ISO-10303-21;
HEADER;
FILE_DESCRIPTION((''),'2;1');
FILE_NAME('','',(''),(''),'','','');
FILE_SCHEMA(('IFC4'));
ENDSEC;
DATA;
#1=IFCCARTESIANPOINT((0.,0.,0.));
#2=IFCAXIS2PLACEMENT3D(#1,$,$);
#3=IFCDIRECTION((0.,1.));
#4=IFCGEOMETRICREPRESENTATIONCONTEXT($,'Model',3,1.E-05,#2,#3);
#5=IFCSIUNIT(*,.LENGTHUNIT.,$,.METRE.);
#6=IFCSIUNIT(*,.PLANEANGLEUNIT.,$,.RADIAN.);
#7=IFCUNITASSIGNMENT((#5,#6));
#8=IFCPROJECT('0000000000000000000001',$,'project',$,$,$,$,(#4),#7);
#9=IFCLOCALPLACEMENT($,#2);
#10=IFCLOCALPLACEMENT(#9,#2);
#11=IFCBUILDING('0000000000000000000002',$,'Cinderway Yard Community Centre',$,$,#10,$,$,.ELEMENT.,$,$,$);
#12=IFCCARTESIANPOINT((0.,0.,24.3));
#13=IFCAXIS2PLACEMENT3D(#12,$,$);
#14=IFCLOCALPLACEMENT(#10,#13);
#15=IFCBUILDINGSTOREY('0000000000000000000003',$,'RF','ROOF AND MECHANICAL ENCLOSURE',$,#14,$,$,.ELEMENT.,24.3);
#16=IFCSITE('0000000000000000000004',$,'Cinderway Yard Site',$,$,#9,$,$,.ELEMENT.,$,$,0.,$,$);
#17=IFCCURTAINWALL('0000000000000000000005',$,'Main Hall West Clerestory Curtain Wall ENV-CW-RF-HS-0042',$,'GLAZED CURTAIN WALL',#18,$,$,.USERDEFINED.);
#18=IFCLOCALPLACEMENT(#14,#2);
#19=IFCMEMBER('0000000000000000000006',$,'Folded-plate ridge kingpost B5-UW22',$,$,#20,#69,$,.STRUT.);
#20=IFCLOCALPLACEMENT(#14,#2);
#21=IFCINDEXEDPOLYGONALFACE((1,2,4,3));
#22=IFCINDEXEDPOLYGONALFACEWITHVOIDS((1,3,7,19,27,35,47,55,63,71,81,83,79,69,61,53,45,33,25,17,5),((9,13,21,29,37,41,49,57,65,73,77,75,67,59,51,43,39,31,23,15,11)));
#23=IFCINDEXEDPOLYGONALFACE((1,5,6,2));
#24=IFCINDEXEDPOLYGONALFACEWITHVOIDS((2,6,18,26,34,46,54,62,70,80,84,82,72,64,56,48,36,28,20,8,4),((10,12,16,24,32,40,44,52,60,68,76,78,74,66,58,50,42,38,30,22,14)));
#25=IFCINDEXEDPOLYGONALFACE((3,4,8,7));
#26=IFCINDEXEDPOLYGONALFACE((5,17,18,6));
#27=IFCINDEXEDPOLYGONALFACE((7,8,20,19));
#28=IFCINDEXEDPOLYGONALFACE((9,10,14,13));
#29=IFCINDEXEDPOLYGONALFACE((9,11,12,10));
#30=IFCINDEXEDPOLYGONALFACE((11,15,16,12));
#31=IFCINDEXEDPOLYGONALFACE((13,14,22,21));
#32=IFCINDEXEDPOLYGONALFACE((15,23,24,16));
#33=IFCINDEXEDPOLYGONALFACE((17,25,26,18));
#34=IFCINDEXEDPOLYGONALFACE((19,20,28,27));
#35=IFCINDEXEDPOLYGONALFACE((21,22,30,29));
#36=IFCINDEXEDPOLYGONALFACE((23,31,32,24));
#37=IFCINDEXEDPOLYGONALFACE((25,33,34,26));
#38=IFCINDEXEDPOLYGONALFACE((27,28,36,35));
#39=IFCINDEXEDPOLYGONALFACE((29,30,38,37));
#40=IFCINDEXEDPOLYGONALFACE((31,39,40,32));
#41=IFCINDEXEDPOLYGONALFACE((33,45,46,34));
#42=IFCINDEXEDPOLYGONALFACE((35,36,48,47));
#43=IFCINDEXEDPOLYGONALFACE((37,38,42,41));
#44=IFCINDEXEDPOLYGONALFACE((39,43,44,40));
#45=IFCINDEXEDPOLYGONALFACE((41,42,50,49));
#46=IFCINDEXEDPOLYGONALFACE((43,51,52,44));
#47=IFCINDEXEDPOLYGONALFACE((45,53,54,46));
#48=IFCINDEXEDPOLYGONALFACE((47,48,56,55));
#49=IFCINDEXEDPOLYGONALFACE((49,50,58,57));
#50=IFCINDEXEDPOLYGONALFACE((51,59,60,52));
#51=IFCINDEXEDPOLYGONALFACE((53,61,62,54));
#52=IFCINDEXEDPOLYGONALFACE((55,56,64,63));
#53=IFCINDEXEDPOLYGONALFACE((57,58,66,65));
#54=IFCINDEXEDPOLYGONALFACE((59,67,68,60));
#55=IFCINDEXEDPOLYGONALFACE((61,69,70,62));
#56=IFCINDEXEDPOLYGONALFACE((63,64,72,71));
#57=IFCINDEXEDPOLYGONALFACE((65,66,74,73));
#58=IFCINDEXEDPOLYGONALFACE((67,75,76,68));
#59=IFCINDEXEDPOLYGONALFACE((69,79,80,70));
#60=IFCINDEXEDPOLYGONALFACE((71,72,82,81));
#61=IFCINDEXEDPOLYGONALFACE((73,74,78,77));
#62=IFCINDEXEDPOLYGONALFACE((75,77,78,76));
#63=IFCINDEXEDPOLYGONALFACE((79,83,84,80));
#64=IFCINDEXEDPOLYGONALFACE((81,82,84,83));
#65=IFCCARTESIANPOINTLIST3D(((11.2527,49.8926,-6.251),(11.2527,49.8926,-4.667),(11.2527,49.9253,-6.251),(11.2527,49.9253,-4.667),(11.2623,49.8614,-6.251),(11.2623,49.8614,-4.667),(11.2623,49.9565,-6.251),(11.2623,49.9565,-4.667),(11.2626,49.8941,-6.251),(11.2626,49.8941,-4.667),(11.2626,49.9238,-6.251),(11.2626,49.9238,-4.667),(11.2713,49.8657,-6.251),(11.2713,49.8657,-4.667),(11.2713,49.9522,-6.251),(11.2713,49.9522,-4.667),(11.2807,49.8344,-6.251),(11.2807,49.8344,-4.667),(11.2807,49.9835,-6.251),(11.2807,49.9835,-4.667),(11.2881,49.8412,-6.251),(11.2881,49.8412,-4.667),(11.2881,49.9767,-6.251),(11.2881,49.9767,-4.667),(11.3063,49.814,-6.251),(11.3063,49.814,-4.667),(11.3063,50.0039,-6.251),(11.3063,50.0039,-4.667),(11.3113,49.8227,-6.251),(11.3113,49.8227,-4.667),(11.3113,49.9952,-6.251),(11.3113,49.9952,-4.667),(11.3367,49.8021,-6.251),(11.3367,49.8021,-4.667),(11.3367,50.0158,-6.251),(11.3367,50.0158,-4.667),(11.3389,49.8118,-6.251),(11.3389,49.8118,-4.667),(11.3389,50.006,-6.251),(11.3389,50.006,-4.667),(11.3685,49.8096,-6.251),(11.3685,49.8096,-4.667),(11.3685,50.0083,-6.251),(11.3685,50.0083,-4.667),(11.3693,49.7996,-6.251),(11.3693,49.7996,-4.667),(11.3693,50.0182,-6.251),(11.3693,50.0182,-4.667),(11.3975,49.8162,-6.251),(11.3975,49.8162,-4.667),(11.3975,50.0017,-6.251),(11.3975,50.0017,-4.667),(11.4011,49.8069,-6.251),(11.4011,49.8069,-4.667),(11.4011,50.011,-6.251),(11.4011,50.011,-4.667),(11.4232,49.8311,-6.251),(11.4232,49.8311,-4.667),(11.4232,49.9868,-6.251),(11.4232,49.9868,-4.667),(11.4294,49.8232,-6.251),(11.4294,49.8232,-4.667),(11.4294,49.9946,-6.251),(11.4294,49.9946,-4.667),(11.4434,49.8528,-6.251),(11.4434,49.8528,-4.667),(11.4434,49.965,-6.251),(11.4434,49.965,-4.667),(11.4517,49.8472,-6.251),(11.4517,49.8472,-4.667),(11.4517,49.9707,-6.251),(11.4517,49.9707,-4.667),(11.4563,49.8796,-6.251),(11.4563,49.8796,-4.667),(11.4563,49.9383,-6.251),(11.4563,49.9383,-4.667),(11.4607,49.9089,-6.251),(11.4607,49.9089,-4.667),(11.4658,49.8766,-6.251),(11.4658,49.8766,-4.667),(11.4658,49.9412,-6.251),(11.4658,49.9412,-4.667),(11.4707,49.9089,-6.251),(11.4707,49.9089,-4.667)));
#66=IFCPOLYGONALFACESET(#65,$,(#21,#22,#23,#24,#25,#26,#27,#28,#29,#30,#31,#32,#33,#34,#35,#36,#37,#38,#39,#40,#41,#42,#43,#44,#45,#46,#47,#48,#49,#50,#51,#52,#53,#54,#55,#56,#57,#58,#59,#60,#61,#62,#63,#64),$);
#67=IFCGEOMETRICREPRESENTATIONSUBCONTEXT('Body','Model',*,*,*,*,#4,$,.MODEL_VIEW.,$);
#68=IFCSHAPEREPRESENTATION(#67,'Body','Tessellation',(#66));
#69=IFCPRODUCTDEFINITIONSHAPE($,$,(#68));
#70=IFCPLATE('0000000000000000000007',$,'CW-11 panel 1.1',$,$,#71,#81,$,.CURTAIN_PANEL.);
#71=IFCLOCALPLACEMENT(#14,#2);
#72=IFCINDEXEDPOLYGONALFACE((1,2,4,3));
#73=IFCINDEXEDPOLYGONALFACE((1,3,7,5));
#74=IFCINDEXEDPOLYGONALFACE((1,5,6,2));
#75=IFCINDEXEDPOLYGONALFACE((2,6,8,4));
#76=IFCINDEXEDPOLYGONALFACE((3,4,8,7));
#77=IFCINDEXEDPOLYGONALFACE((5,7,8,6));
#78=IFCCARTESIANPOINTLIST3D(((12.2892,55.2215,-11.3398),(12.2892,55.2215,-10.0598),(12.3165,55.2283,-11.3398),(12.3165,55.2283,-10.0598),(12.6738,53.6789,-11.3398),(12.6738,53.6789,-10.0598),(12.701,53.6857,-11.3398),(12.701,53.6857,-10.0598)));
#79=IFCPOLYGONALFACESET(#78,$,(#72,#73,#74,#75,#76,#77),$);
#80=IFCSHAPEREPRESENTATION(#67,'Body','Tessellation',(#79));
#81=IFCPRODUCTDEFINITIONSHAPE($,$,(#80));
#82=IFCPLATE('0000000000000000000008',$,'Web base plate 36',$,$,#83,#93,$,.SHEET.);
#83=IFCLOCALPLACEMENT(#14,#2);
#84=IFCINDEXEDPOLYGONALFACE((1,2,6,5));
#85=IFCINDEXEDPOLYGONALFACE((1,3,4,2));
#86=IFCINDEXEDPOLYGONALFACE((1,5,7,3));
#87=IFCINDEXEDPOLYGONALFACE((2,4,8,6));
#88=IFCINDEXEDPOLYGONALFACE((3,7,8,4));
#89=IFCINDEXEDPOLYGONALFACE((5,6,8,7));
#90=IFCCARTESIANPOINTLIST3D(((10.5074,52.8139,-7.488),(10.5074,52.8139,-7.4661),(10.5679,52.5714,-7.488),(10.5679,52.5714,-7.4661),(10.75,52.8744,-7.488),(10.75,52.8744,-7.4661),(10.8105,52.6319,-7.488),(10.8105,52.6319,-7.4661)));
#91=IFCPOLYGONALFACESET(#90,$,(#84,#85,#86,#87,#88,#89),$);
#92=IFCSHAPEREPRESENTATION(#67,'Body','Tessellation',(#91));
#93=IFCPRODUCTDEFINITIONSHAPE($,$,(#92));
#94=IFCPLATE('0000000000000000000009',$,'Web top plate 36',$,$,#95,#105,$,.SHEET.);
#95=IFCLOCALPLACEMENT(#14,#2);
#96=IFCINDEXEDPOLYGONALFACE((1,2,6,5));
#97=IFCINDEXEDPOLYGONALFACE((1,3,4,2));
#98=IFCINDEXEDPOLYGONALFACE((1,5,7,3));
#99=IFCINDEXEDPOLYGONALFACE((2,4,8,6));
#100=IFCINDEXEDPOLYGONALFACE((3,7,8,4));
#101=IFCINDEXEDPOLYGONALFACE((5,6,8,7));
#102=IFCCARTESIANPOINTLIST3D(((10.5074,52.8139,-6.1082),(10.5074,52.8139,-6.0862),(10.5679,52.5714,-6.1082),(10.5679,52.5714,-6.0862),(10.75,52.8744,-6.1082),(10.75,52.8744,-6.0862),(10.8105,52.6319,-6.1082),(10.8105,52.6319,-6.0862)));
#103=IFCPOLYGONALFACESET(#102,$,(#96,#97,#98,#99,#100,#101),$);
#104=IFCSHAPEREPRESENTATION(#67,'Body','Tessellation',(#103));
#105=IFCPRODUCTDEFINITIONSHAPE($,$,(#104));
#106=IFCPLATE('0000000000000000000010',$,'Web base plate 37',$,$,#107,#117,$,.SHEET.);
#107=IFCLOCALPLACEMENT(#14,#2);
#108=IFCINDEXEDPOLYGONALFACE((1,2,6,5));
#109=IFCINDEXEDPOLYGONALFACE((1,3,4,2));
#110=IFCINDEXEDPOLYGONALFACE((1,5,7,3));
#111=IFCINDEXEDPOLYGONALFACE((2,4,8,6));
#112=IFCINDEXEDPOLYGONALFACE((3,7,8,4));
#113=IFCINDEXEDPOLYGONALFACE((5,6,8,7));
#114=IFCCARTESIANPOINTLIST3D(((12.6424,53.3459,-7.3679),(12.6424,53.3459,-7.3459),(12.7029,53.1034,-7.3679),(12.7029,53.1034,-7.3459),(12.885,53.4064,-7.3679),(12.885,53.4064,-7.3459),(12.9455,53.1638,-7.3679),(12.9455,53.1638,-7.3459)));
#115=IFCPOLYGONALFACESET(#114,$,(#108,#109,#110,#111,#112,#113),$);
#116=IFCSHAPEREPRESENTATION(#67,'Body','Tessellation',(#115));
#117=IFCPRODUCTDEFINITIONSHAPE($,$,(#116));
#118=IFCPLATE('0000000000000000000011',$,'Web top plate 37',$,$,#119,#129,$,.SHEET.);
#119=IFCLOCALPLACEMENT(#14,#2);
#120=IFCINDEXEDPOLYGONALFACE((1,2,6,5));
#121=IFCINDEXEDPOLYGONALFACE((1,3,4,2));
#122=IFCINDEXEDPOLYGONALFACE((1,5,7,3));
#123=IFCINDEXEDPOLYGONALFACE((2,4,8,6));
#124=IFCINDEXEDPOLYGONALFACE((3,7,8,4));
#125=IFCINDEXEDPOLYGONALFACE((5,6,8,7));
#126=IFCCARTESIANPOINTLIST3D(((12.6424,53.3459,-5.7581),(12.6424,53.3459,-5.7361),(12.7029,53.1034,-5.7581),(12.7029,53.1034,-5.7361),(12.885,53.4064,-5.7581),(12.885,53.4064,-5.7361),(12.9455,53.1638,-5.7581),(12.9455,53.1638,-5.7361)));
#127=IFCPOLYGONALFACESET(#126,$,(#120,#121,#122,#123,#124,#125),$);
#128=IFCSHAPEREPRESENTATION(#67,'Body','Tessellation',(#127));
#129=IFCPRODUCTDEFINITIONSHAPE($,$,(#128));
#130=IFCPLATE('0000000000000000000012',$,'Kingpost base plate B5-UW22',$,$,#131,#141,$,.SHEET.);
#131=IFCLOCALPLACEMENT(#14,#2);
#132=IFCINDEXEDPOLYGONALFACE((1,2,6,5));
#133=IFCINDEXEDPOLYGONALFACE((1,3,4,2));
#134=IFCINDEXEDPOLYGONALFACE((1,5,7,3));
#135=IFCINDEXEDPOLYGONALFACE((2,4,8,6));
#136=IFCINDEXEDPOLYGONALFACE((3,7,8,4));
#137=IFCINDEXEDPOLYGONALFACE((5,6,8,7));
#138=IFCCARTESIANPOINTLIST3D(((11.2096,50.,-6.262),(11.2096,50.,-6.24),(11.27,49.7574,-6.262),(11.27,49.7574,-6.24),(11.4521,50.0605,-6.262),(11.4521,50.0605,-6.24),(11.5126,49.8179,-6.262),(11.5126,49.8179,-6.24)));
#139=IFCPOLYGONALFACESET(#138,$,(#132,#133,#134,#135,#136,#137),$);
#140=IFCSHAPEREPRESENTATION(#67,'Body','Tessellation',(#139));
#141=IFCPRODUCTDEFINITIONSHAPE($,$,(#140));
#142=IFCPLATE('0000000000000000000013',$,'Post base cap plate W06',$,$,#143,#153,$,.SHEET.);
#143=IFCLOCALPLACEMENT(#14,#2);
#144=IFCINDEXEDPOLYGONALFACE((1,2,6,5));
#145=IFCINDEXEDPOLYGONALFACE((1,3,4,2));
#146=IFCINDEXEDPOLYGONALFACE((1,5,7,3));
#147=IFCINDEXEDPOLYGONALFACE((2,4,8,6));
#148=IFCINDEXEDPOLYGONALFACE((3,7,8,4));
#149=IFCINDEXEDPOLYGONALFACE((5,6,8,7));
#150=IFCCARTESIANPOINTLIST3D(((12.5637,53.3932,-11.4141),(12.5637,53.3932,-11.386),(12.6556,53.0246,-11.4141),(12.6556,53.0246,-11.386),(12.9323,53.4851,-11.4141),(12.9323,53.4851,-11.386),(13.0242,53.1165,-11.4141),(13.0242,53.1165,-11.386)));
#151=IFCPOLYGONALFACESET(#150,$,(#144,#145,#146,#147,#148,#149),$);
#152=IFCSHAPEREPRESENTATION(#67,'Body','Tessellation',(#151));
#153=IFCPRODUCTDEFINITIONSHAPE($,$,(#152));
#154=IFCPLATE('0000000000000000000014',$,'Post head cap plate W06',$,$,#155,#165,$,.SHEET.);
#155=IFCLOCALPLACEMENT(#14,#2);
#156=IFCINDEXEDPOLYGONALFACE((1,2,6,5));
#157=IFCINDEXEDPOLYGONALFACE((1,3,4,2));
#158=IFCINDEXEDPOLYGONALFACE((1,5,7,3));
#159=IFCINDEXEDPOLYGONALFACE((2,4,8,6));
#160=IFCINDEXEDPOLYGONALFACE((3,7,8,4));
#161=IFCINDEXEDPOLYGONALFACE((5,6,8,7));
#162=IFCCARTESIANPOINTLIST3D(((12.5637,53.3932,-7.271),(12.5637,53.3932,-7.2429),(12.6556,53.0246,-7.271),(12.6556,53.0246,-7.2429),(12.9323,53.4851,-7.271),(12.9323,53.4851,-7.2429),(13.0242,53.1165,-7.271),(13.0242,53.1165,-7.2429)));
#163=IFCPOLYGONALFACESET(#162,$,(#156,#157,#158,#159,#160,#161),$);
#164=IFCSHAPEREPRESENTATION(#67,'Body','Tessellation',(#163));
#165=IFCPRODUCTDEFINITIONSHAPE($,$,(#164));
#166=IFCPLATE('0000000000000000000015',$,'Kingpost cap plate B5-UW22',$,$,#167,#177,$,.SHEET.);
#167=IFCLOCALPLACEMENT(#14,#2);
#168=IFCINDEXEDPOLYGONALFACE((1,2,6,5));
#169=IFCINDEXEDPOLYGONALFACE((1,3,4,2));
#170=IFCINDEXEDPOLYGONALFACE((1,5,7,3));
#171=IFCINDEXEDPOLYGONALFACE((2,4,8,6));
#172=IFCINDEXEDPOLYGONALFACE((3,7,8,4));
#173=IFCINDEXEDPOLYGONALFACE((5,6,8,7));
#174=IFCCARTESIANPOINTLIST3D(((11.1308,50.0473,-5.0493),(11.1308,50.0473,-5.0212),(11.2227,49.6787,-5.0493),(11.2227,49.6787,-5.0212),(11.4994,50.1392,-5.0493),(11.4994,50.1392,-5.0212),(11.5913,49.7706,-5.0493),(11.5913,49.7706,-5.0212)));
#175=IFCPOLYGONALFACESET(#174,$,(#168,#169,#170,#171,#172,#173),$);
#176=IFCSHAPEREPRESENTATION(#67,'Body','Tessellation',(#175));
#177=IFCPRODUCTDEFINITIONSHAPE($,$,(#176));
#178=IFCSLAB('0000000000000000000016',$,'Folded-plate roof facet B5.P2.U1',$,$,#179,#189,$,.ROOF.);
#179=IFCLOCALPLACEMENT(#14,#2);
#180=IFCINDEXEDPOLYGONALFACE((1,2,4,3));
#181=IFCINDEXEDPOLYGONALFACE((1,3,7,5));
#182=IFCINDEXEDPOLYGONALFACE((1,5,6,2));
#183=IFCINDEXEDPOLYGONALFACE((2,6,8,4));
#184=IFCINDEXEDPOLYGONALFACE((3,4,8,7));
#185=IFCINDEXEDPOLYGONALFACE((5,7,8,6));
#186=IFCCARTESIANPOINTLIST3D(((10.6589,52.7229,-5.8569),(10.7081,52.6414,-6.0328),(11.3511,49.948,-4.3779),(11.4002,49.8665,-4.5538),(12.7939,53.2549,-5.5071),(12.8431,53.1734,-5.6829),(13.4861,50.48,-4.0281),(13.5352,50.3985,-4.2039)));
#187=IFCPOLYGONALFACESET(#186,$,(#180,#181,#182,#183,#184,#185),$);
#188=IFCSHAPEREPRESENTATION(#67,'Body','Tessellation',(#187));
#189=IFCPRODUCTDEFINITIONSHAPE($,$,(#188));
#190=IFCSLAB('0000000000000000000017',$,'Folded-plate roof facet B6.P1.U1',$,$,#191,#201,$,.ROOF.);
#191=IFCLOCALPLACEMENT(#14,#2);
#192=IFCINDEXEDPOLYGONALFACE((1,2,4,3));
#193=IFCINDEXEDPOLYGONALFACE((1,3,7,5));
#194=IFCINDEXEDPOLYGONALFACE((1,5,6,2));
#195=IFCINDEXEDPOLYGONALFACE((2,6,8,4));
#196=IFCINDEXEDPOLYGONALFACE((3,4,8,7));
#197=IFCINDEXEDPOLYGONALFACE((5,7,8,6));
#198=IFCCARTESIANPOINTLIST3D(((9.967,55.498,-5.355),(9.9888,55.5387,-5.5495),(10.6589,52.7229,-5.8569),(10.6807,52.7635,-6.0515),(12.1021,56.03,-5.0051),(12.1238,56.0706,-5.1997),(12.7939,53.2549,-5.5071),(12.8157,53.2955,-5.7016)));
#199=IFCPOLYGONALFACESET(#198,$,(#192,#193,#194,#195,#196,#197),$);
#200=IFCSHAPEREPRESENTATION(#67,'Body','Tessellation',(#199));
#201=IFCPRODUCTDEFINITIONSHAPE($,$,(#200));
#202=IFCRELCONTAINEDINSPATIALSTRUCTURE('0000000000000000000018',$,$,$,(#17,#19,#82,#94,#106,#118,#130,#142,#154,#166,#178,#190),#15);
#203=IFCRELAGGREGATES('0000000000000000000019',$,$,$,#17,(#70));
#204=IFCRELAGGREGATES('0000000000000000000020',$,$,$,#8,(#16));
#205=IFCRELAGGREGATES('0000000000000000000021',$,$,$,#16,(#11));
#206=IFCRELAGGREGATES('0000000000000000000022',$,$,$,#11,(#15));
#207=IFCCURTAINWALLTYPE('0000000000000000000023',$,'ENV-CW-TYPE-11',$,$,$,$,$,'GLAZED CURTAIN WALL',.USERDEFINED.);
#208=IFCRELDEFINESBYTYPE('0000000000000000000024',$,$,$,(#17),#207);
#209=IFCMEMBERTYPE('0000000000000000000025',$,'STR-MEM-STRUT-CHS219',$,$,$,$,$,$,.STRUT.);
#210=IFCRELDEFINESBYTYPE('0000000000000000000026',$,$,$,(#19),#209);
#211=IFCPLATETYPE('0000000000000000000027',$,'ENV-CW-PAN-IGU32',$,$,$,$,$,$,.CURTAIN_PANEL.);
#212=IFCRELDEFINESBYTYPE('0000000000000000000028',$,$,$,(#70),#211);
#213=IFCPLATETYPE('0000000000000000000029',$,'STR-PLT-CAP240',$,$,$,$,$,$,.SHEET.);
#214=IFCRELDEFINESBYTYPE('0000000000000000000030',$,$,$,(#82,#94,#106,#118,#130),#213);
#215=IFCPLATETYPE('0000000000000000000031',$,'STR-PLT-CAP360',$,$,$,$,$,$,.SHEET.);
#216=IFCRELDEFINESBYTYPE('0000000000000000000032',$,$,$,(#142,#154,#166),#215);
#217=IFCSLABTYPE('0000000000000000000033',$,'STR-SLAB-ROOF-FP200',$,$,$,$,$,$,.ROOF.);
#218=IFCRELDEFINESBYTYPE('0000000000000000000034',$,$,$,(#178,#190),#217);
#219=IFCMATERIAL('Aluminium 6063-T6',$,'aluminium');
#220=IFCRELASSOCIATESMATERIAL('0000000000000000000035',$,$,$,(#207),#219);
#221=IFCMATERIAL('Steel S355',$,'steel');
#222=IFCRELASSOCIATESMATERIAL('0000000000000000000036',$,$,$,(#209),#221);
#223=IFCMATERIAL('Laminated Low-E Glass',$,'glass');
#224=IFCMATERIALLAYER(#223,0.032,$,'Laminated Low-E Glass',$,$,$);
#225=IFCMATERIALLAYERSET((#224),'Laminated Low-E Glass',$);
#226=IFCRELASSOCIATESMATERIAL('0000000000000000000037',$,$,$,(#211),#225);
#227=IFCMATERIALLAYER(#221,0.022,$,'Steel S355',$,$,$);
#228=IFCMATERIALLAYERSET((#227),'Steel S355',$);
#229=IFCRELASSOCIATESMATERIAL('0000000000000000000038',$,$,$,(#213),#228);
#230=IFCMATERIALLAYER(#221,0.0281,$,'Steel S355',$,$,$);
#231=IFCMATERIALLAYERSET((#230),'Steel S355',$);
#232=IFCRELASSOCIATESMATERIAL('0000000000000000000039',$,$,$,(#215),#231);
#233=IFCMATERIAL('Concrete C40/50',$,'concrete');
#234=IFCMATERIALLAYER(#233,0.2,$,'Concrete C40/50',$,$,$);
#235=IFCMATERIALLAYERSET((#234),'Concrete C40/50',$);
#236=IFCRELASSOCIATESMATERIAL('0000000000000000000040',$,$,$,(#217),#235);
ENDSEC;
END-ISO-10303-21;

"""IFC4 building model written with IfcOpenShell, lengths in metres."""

from ifc_helpers import new_model, si_unit, direction, frame, origin, origin_2d, place, context, subcontext, project, spatial, polyline, rectangle, hollow_circle, outline, extrude, material, layer, layer_set, material_profile, profile_set, type_object, element, aggregate, save


model = new_model("IFC4")

# Units and contexts
model_context = context("Model", 3, precision=1e-05, world=origin(), true_north=direction((0.0, 1.0)))
body_context = subcontext(model_context, "Body", "Model", "MODEL_VIEW")
ifc_project = project(units=[si_unit("LENGTHUNIT", "METRE"), si_unit("PLANEANGLEUNIT", "RADIAN")], contexts=[model_context])

# Site, building, storey
site_placement = place(None, origin())
site = spatial("IfcSite", under=ifc_project, at=site_placement, Name="Cinderway Yard Site", CompositionType="ELEMENT", RefElevation=0.0)
building_placement = place(site_placement, origin())
building = spatial("IfcBuilding", under=site, at=building_placement, Name="Cinderway Yard Community Centre", CompositionType="ELEMENT")
storey_placement = place(building_placement, frame((0.0, 0.0, 24.3)))
storey = spatial("IfcBuildingStorey", under=building, at=storey_placement, Name="RF", Description="ROOF AND MECHANICAL ENCLOSURE", CompositionType="ELEMENT", Elevation=24.3)

# Shared definitions
ifc_material_1 = material(Name="Steel S355", Category="steel")

# Curtain wall
ifc_material_2 = material(Name="Aluminium 6063-T6", Category="aluminium")
curtain_wall_type = type_object("IfcCurtainWallType", Name="ENV-CW-TYPE-11", ElementType="GLAZED CURTAIN WALL", PredefinedType="USERDEFINED", material=ifc_material_2)
curtain_wall_placement = place(storey_placement, origin())
curtain_wall = element("IfcCurtainWall", 1, at=curtain_wall_placement, inside=storey, type_object=curtain_wall_type, Name="Main Hall West Clerestory Curtain Wall ENV-CW-RF-HS-0042", ObjectType="GLAZED CURTAIN WALL", PredefinedType="USERDEFINED")

# Shared definitions
ifc_material_3 = material(Name="Concrete C40/50", Category="concrete")

# Member
ifc_material_profile_1 = material_profile(ifc_material_1, hollow_circle(Radius=0.1096, WallThickness=0.01, at=origin_2d()), Name="Steel S355")
ifc_profile_set_1 = profile_set([ifc_material_profile_1], Name="Steel S355")
member_type_1 = type_object("IfcMemberType", Name="STR-MEM-STRUT-CHS219", PredefinedType="STRUT", material=ifc_profile_set_1)
member_1_placement = place(storey_placement, frame((11.3611, 49.9089, -6.251), z_axis=(0.0, 0.0, 1.0), x_axis=(1.0, 0.0, 0.0)))
element("IfcMember", 2, at=member_1_placement, inside=storey, type_object=member_type_1, Name="Folded-plate ridge kingpost B5-UW22", PredefinedType="STRUT", context=body_context, shape_type="SweptSolid", body=[
    extrude(hollow_circle(Radius=0.1096, WallThickness=0.01, at=origin_2d()), origin(), (0.0, 0.0, 1.0), 1.584),
])

# Plate
ifc_material_4 = material(Name="Laminated Low-E Glass", Category="glass")
ifc_layer_1 = layer(ifc_material_4, 0.032, Name="Laminated Low-E Glass")
ifc_layer_set_1 = layer_set([ifc_layer_1], Name="Laminated Low-E Glass")
plate_type_1 = type_object("IfcPlateType", Name="ENV-CW-PAN-IGU32", PredefinedType="CURTAIN_PANEL", material=ifc_layer_set_1)
plate_placement = place(storey_placement, frame((12.4951, 54.4536, -11.3398), z_axis=(0.0, 0.0, 1.0), x_axis=(-0.241882, 0.970306, 0.0)))
plate = element("IfcPlate", 3, at=plate_placement, type_object=plate_type_1, Name="CW-11 panel 1.1", PredefinedType="CURTAIN_PANEL", context=body_context, shape_type="SweptSolid", body=[
    extrude(rectangle(XDim=1.5898, YDim=0.0281, at=origin_2d()), origin(), (0.0, 0.0, 1.0), 1.28),
])
aggregate(curtain_wall, [plate])

# Plates
ifc_layer_2 = layer(ifc_material_1, 0.022, Name="Steel S355")
ifc_layer_set_2 = layer_set([ifc_layer_2], Name="Steel S355")
plate_type_2 = type_object("IfcPlateType", Name="STR-PLT-CAP240", PredefinedType="SHEET", material=ifc_layer_set_2)
for number, where, z_axis, x_axis, name in (
    (4, (10.6589, 52.7229, -7.488), (0.0, 0.0, 1.0), (0.970296, 0.241922, 0.0), "Web base plate 36"),
    (5, (10.6589, 52.7229, -6.1082), (0.0, 0.0, 1.0), (0.970296, 0.241922, 0.0), "Web top plate 36"),
    (6, (12.7939, 53.2549, -7.3679), (0.0, 0.0, 1.0), (0.970296, 0.241922, 0.0), "Web base plate 37"),
    (7, (12.7939, 53.2549, -5.7581), (0.0, 0.0, 1.0), (0.970296, 0.241922, 0.0), "Web top plate 37"),
    (8, (11.3611, 49.9089, -6.262), (0.0, 0.0, 1.0), (0.970296, 0.241922, 0.0), "Kingpost base plate B5-UW22"),
):
    element("IfcPlate", number, at=place(storey_placement, frame(where, z_axis=z_axis, x_axis=x_axis)), inside=storey, type_object=plate_type_2, Name=name, PredefinedType="SHEET", context=body_context, shape_type="SweptSolid", body=[
        extrude(rectangle(XDim=0.25, YDim=0.25, at=origin_2d()), origin(), (0.0, 0.0, 1.0), 0.022),
    ])
ifc_layer_3 = layer(ifc_material_1, 0.0281, Name="Steel S355")
ifc_layer_set_3 = layer_set([ifc_layer_3], Name="Steel S355")
plate_type_3 = type_object("IfcPlateType", Name="STR-PLT-CAP360", PredefinedType="SHEET", material=ifc_layer_set_3)
for number, where, z_axis, x_axis, name in (
    (9, (12.7939, 53.2549, -11.4141), (0.0, 0.0, 1.0), (0.970296, 0.241922, 0.0), "Post base cap plate W06"),
    (10, (12.7939, 53.2549, -7.271), (0.0, 0.0, 1.0), (0.970296, 0.241922, 0.0), "Post head cap plate W06"),
    (11, (11.3611, 49.9089, -5.0493), (0.0, 0.0, 1.0), (0.970296, 0.241922, 0.0), "Kingpost cap plate B5-UW22"),
):
    element("IfcPlate", number, at=place(storey_placement, frame(where, z_axis=z_axis, x_axis=x_axis)), inside=storey, type_object=plate_type_3, Name=name, PredefinedType="SHEET", context=body_context, shape_type="SweptSolid", body=[
        extrude(rectangle(XDim=0.3799, YDim=0.3799, at=origin_2d()), origin(), (0.0, 0.0, 1.0), 0.0281),
    ])

# Slabs
ifc_layer_4 = layer(ifc_material_3, 0.2, Name="Concrete C40/50")
ifc_layer_set_4 = layer_set([ifc_layer_4], Name="Concrete C40/50")
slab_type = type_object("IfcSlabType", Name="STR-SLAB-ROOF-FP200", PredefinedType="ROOF", material=ifc_layer_set_4)
slab_1_placement = place(storey_placement, frame((11.3511, 49.948, -4.3779), z_axis=(-0.245665, 0.407511, 0.879536), x_axis=(0.958293, 0.238779, 0.157031)))
element("IfcSlab", 12, at=slab_1_placement, inside=storey, type_object=slab_type, Name="Folded-plate roof facet B5.P2.U1", PredefinedType="ROOF", context=body_context, shape_type="SweptSolid", body=[
    extrude(outline(polyline([(0.0, 0.0), (2.2279, 0.0), (1.995, 3.2113), (-0.2329, 3.2113), (0.0, 0.0)])), origin(), (0.0, 0.0, -1.0), 0.2),
])
slab_2_placement = place(storey_placement, frame((10.6589, 52.7229, -5.8569), z_axis=(-0.108837, -0.203141, 0.973082), x_axis=(0.958293, 0.238779, 0.157031)))
element("IfcSlab", 13, at=slab_2_placement, inside=storey, type_object=slab_type, Name="Folded-plate roof facet B6.P1.U1", PredefinedType="ROOF", context=body_context, shape_type="SweptSolid", body=[
    extrude(outline(polyline([(0.0, 0.0), (2.2279, 0.0), (2.3064, 2.9028), (0.0784, 2.9028), (0.0, 0.0)])), origin(), (0.0, 0.0, -1.0), 0.2),
])

save(model, "model.ifc")
